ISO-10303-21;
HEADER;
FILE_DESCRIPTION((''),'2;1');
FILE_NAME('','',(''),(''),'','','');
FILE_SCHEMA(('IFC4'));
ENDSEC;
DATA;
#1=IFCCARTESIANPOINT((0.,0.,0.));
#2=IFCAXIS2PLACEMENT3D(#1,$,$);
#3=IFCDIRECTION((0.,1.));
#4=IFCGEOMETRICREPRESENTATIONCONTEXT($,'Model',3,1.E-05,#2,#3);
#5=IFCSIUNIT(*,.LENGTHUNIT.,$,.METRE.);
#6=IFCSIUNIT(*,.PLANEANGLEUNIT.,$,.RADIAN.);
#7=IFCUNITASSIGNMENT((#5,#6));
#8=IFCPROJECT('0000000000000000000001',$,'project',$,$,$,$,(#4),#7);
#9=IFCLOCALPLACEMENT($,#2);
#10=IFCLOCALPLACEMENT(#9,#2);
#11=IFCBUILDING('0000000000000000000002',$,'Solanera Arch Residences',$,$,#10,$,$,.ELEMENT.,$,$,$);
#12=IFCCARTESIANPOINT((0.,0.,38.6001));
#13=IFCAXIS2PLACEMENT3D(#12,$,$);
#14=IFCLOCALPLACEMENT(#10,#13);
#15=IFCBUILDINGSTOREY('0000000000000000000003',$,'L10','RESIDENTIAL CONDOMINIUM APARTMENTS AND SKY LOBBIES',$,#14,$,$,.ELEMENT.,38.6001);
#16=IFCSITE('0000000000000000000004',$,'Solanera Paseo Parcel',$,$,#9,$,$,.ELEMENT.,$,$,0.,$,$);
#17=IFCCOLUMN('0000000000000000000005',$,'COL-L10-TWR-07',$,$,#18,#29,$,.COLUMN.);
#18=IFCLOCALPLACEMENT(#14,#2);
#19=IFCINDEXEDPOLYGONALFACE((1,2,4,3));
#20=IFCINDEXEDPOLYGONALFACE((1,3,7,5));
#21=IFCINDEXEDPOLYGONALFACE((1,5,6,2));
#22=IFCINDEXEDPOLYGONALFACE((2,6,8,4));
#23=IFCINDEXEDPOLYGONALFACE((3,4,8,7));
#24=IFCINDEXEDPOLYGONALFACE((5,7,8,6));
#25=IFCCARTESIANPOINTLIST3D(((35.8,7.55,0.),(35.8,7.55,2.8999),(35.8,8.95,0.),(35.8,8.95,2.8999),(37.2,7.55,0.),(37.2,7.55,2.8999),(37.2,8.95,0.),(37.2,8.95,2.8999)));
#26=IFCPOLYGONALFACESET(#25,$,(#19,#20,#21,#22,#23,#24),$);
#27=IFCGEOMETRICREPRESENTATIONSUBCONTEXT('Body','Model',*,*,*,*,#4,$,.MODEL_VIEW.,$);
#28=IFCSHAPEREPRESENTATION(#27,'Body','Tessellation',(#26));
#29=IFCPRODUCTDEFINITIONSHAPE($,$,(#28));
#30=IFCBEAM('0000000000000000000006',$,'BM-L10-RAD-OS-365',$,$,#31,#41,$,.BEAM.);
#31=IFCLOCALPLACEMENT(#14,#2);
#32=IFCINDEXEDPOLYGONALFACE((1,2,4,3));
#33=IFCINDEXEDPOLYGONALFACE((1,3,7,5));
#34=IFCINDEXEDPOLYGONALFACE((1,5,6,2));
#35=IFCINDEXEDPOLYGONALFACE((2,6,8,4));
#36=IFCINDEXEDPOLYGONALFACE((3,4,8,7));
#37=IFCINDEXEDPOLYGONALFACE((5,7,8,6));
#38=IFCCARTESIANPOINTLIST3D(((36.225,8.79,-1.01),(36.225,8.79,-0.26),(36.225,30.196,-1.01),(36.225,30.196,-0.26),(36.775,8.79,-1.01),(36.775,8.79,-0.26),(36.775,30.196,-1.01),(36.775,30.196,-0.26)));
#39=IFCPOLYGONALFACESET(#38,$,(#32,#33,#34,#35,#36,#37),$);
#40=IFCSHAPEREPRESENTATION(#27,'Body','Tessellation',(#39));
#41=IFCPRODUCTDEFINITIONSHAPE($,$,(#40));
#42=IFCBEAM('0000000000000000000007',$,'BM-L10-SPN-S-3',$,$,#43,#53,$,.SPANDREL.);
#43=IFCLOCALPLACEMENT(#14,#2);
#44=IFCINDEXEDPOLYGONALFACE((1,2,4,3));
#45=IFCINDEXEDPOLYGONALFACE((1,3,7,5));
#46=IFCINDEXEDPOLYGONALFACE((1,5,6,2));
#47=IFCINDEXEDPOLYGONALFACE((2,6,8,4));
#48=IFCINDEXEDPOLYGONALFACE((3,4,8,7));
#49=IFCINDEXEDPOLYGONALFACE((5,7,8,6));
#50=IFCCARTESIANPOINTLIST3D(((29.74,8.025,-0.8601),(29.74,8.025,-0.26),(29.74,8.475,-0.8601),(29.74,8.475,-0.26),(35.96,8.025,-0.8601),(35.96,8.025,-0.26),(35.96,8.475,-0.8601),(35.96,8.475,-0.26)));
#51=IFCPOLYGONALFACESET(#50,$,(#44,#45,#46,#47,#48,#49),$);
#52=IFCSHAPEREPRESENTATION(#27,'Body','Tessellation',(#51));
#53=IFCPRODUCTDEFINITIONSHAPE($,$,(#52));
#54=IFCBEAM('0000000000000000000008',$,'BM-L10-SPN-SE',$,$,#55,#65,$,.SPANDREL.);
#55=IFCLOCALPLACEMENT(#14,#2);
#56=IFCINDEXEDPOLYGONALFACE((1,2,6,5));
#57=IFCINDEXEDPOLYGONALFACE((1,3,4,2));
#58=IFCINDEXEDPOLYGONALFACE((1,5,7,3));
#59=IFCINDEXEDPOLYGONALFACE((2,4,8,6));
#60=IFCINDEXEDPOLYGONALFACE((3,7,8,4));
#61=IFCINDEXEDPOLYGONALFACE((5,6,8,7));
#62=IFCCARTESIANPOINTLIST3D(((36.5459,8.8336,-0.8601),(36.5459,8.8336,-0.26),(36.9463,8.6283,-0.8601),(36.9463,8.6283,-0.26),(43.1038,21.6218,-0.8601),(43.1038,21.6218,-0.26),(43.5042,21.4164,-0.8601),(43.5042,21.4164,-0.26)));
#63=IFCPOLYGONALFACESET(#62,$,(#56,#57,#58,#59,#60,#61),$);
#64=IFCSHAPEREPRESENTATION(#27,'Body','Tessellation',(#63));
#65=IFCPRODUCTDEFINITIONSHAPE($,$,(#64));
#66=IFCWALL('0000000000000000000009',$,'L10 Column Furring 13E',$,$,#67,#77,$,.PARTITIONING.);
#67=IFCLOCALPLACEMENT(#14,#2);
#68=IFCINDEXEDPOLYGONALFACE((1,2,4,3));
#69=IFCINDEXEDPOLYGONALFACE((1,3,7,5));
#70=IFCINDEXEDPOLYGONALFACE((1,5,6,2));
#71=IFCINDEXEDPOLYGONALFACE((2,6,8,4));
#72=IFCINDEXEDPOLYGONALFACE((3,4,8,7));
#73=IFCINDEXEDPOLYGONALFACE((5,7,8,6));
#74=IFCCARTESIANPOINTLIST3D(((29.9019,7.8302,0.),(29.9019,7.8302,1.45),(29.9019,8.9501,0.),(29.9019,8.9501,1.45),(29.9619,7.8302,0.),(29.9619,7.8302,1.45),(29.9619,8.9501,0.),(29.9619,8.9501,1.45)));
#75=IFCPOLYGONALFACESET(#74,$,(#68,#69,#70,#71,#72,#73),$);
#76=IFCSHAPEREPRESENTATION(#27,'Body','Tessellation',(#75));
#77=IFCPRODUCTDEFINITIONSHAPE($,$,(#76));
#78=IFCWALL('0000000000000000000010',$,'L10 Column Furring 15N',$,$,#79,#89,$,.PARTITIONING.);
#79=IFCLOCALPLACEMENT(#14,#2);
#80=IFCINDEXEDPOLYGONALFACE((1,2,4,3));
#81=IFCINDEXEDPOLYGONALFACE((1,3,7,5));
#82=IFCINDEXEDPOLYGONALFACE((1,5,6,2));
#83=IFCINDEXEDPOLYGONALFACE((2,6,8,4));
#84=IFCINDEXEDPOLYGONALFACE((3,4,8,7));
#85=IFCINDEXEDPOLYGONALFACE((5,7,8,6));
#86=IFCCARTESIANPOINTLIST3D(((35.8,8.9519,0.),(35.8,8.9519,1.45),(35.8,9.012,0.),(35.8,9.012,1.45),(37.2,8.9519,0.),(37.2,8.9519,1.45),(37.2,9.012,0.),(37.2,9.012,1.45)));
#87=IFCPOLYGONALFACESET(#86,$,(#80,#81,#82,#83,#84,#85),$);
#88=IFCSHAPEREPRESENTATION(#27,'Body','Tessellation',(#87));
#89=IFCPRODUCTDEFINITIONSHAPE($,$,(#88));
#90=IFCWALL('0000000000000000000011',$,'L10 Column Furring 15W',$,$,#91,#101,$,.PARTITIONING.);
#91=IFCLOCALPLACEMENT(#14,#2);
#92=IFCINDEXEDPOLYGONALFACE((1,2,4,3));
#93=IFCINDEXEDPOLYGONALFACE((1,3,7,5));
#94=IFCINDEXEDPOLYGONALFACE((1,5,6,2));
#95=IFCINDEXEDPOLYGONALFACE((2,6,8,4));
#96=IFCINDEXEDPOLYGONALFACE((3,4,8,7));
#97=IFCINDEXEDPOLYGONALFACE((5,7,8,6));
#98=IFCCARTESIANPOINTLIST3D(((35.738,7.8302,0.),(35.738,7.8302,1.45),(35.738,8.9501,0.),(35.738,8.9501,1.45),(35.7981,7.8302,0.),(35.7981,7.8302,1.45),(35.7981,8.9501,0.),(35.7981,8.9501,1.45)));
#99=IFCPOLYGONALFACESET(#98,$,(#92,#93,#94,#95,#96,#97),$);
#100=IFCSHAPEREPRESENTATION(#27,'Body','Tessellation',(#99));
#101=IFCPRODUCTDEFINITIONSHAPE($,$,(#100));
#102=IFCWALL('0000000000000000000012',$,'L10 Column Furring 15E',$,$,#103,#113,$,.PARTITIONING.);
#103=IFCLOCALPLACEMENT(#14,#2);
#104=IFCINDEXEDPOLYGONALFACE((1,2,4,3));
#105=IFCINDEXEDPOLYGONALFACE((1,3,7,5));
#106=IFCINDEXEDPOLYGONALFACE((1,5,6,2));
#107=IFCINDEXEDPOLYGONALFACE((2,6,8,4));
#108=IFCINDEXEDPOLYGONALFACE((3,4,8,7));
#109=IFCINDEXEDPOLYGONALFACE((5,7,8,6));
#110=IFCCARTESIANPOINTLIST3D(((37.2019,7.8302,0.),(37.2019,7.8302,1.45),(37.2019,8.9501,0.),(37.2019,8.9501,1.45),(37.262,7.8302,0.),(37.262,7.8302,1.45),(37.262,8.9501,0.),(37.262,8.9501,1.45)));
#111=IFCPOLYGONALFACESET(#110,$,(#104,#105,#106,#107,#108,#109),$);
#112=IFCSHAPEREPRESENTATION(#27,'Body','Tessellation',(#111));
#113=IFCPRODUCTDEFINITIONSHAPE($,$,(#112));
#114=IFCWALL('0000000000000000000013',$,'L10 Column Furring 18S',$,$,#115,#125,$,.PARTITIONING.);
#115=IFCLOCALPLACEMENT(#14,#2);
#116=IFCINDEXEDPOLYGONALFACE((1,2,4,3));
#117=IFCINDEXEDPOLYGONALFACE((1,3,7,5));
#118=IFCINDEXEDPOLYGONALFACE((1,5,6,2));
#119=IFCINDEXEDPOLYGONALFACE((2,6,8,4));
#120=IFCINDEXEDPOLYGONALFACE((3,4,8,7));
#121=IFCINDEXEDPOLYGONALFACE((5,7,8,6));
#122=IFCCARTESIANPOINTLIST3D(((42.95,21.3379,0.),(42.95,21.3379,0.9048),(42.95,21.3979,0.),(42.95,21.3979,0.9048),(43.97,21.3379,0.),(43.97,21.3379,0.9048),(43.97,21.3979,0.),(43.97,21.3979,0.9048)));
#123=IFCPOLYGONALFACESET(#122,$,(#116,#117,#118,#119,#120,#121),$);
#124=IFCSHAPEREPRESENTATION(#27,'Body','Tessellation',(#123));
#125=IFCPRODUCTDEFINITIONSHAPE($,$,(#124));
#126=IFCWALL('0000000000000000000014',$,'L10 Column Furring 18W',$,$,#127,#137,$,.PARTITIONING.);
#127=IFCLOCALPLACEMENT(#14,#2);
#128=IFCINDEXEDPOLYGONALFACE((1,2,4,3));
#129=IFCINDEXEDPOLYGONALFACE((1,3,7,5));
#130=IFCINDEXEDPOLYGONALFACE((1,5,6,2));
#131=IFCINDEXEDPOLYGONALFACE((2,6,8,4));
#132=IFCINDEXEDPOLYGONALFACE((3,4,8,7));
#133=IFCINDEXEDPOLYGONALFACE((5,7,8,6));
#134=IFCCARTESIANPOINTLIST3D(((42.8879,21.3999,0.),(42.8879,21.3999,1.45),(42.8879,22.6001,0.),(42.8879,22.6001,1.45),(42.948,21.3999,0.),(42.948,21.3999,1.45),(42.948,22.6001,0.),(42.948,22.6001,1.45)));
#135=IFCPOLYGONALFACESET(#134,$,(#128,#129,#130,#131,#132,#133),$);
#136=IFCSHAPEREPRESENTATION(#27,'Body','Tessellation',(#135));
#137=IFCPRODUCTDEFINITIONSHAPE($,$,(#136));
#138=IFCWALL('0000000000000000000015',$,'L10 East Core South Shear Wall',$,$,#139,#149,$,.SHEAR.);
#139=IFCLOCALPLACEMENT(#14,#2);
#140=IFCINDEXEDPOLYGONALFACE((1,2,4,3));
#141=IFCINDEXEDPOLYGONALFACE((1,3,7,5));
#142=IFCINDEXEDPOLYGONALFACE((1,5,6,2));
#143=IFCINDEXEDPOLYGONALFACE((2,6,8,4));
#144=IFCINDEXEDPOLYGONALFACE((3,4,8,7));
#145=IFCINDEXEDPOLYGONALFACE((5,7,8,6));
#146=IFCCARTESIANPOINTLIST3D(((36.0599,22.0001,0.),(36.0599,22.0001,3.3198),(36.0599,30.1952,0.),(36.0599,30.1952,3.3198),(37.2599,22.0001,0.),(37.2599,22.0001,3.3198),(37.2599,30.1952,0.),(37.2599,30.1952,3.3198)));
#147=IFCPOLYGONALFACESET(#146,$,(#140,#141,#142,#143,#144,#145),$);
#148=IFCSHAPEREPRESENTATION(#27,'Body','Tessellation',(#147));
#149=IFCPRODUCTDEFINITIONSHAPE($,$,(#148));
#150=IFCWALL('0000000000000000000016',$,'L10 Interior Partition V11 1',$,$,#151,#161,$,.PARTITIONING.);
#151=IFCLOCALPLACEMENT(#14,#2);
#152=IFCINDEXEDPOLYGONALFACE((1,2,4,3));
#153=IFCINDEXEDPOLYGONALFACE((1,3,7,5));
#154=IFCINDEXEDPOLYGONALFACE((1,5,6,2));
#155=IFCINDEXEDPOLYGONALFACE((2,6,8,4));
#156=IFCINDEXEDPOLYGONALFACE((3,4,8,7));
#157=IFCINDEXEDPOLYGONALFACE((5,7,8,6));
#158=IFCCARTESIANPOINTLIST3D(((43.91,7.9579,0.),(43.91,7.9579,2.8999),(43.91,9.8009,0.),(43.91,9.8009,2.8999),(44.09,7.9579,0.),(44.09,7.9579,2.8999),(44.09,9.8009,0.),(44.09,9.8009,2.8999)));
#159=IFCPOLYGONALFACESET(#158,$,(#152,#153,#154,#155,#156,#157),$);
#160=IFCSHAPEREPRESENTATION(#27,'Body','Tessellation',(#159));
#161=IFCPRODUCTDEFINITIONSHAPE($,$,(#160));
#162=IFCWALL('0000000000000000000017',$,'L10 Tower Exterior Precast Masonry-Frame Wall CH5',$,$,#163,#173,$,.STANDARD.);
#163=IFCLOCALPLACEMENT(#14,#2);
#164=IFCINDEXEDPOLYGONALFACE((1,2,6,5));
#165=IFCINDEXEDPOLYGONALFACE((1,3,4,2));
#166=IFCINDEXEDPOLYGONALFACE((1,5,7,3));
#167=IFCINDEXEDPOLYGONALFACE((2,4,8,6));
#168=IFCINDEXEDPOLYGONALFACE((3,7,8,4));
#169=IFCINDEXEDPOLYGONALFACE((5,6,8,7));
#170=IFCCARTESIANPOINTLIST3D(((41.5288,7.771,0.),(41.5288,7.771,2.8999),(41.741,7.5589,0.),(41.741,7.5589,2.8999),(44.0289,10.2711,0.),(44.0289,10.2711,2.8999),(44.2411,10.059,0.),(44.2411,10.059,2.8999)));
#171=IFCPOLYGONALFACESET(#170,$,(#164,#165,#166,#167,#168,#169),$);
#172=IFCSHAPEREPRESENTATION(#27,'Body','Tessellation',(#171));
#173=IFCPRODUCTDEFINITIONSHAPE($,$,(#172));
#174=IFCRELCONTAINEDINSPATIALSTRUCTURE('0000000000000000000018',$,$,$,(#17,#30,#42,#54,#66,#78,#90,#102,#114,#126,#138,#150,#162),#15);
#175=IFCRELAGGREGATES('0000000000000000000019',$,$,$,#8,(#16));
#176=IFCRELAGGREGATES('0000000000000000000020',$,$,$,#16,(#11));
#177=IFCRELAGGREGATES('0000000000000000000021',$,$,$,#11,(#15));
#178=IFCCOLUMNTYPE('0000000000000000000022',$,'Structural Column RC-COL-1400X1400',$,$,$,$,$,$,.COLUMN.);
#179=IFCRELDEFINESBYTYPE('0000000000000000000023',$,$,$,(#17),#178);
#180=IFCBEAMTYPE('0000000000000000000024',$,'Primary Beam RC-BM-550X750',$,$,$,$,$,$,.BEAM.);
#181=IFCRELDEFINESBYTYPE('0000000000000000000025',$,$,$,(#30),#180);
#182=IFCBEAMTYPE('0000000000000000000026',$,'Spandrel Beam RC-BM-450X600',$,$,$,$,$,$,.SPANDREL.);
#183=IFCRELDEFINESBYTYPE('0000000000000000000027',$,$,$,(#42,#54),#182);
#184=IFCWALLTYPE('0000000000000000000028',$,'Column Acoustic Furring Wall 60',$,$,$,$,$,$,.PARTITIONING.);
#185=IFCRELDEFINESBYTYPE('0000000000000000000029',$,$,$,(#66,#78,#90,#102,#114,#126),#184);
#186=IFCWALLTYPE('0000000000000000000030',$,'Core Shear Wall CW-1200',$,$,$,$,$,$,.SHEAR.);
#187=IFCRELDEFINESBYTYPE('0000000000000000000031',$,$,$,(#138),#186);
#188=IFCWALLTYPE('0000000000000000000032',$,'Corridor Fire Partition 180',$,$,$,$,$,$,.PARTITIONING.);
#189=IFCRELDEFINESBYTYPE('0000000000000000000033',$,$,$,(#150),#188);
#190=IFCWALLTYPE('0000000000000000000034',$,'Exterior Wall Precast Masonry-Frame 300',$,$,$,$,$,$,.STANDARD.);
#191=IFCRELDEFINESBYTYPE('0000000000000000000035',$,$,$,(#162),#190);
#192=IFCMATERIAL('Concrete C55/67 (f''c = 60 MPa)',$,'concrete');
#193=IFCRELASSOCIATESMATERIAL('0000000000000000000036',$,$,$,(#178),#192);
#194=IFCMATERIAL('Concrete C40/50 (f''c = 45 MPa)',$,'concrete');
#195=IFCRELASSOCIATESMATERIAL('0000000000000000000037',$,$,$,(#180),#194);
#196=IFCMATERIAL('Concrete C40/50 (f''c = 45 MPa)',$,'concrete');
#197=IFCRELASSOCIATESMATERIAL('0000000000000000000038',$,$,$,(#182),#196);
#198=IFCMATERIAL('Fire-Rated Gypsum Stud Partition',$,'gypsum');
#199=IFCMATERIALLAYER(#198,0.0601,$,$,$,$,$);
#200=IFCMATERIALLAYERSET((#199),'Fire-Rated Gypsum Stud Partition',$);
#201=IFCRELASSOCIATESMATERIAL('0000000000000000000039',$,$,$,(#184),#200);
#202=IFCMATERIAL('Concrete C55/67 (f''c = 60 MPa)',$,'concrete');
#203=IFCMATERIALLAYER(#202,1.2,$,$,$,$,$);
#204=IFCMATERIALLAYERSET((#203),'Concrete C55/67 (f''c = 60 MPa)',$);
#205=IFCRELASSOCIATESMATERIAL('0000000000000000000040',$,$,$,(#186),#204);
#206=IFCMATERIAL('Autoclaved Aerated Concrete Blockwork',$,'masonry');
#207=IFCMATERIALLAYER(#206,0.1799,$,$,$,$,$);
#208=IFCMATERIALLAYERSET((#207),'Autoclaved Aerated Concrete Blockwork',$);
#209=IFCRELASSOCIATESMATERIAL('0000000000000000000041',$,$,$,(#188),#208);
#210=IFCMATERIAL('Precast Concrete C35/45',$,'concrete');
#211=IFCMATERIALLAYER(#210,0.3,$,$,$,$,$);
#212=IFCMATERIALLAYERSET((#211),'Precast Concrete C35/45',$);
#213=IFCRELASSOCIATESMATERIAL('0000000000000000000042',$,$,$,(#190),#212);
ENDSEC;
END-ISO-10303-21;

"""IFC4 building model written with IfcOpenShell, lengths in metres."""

from ifc_helpers import new_model, si_unit, direction, frame, frame_2d, origin, origin_2d, place, context, subcontext, project, spatial, rectangle, extrude, material, layer, layer_set, material_profile, profile_set, type_object, element, save


model = new_model("IFC4")

# Units and contexts
model_context = context("Model", 3, precision=1e-05, world=origin(), true_north=direction((0.0, 1.0)))
body_context = subcontext(model_context, "Body", "Model", "MODEL_VIEW")
ifc_project = project(units=[si_unit("LENGTHUNIT", "METRE"), si_unit("PLANEANGLEUNIT", "RADIAN")], contexts=[model_context])

# Site, building, storey
site_placement = place(None, origin())
site = spatial("IfcSite", under=ifc_project, at=site_placement, Name="Solanera Paseo Parcel", CompositionType="ELEMENT", RefElevation=0.0)
building_placement = place(site_placement, origin())
building = spatial("IfcBuilding", under=site, at=building_placement, Name="Solanera Arch Residences", CompositionType="ELEMENT")
storey_placement = place(building_placement, frame((0.0, 0.0, 38.6001)))
storey = spatial("IfcBuildingStorey", under=building, at=storey_placement, Name="L10", Description="RESIDENTIAL CONDOMINIUM APARTMENTS AND SKY LOBBIES", CompositionType="ELEMENT", Elevation=38.6001)

# Column
ifc_material_1 = material(Name="Concrete C55/67 (f'c = 60 MPa)", Category="concrete")
ifc_material_profile_1 = material_profile(ifc_material_1, rectangle(XDim=1.3999, YDim=1.3999, at=origin_2d()))
ifc_profile_set_1 = profile_set([ifc_material_profile_1], Name="Concrete C55/67 (f'c = 60 MPa)")
column_type = type_object("IfcColumnType", Name="Structural Column RC-COL-1400X1400", PredefinedType="COLUMN", material=ifc_profile_set_1)
column_placement = place(storey_placement, frame((36.5, 8.25, 0.0), z_axis=(0.0, 0.0, 1.0), x_axis=(1.0, 0.0, 0.0)))
element("IfcColumn", 1, at=column_placement, inside=storey, type_object=column_type, Name="COL-L10-TWR-07", PredefinedType="COLUMN", context=body_context, shape_type="SweptSolid", body=[
    extrude(rectangle(XDim=1.3999, YDim=1.3999, at=origin_2d()), origin(), (0.0, 0.0, 1.0), 2.8999),
])

# Beams
ifc_material_2 = material(Name="Concrete C40/50 (f'c = 45 MPa)", Category="concrete")
ifc_material_profile_2 = material_profile(ifc_material_2, rectangle(XDim=0.55, YDim=0.75, at=origin_2d()))
ifc_profile_set_2 = profile_set([ifc_material_profile_2], Name="Concrete C40/50 (f'c = 45 MPa)")
beam_type_1 = type_object("IfcBeamType", Name="Primary Beam RC-BM-550X750", PredefinedType="BEAM", material=ifc_profile_set_2)
beam_1_placement = place(storey_placement, frame((36.5, 8.79, -0.635), z_axis=(0.0, 1.0, 0.0), x_axis=(-1.0, 0.0, 0.0)))
element("IfcBeam", 2, at=beam_1_placement, inside=storey, type_object=beam_type_1, Name="BM-L10-RAD-OS-365", PredefinedType="BEAM", context=body_context, shape_type="SweptSolid", body=[
    extrude(rectangle(XDim=0.55, YDim=0.75, at=origin_2d()), origin(), (0.0, 0.0, 1.0), 21.406),
])
ifc_material_3 = material(Name="Concrete C40/50 (f'c = 45 MPa)", Category="concrete")
ifc_material_profile_3 = material_profile(ifc_material_3, rectangle(XDim=0.45, YDim=0.6001, at=origin_2d()))
ifc_profile_set_3 = profile_set([ifc_material_profile_3], Name="Concrete C40/50 (f'c = 45 MPa)")
beam_type_2 = type_object("IfcBeamType", Name="Spandrel Beam RC-BM-450X600", PredefinedType="SPANDREL", material=ifc_profile_set_3)
beam_2_placement = place(storey_placement, frame((29.74, 8.25, -0.5601), z_axis=(1.0, 0.0, 0.0), x_axis=(0.0, 1.0, 0.0)))
element("IfcBeam", 3, at=beam_2_placement, inside=storey, type_object=beam_type_2, Name="BM-L10-SPN-S-3", PredefinedType="SPANDREL", context=body_context, shape_type="SweptSolid", body=[
    extrude(rectangle(XDim=0.45, YDim=0.6001, at=origin_2d()), origin(), (0.0, 0.0, 1.0), 6.22),
])
beam_3_placement = place(storey_placement, frame((36.7461, 8.731, -0.5601), z_axis=(0.456309, 0.889821, 0.0), x_axis=(-0.889821, 0.456309, 0.0)))
element("IfcBeam", 4, at=beam_3_placement, inside=storey, type_object=beam_type_2, Name="BM-L10-SPN-SE", PredefinedType="SPANDREL", context=body_context, shape_type="SweptSolid", body=[
    extrude(rectangle(XDim=0.45, YDim=0.6001, at=origin_2d()), origin(), (0.0, 0.0, 1.0), 14.3716),
])

# Walls
ifc_material_4 = material(Name="Fire-Rated Gypsum Stud Partition", Category="gypsum")
ifc_layer_1 = layer(ifc_material_4, 0.0601)
ifc_layer_set_1 = layer_set([ifc_layer_1], Name="Fire-Rated Gypsum Stud Partition")
wall_type_1 = type_object("IfcWallType", Name="Column Acoustic Furring Wall 60", PredefinedType="PARTITIONING", material=ifc_layer_set_1)
wall_1_placement = place(storey_placement, frame((29.9319, 7.8301, 0.0), z_axis=(0.0, 0.0, 1.0), x_axis=(0.0, 1.0, 0.0)))
element("IfcWall", 5, at=wall_1_placement, inside=storey, type_object=wall_type_1, Name="L10 Column Furring 13E", PredefinedType="PARTITIONING", context=body_context, shape_type="SweptSolid", body=[
    extrude(rectangle(XDim=1.1199, YDim=0.0601, at=frame_2d((0.5601, 0.0))), origin(), (0.0, 0.0, 1.0), 1.45),
])
wall_2_placement = place(storey_placement, frame((35.8, 8.9819, 0.0), z_axis=(0.0, 0.0, 1.0), x_axis=(1.0, 0.0, 0.0)))
element("IfcWall", 6, at=wall_2_placement, inside=storey, type_object=wall_type_1, Name="L10 Column Furring 15N", PredefinedType="PARTITIONING", context=body_context, shape_type="SweptSolid", body=[
    extrude(rectangle(XDim=1.3999, YDim=0.0601, at=frame_2d((0.7, 0.0))), origin(), (0.0, 0.0, 1.0), 1.45),
])
for number, where, z_axis, x_axis, name in (
    (7, (35.7681, 7.8301, 0.0), (0.0, 0.0, 1.0), (0.0, 1.0, 0.0), "L10 Column Furring 15W"),
    (8, (37.2319, 7.8301, 0.0), (0.0, 0.0, 1.0), (0.0, 1.0, 0.0), "L10 Column Furring 15E"),
):
    element("IfcWall", number, at=place(storey_placement, frame(where, z_axis=z_axis, x_axis=x_axis)), inside=storey, type_object=wall_type_1, Name=name, PredefinedType="PARTITIONING", context=body_context, shape_type="SweptSolid", body=[
        extrude(rectangle(XDim=1.1199, YDim=0.0601, at=frame_2d((0.5601, 0.0))), origin(), (0.0, 0.0, 1.0), 1.45),
    ])
wall_3_placement = place(storey_placement, frame((42.95, 21.3679, 0.0), z_axis=(0.0, 0.0, 1.0), x_axis=(1.0, 0.0, 0.0)))
element("IfcWall", 9, at=wall_3_placement, inside=storey, type_object=wall_type_1, Name="L10 Column Furring 18S", PredefinedType="PARTITIONING", context=body_context, shape_type="SweptSolid", body=[
    extrude(rectangle(XDim=1.02, YDim=0.0601, at=frame_2d((0.51, 0.0))), origin(), (0.0, 0.0, 1.0), 0.9048),
])
wall_4_placement = place(storey_placement, frame((42.918, 21.3999, 0.0), z_axis=(0.0, 0.0, 1.0), x_axis=(0.0, 1.0, 0.0)))
element("IfcWall", 10, at=wall_4_placement, inside=storey, type_object=wall_type_1, Name="L10 Column Furring 18W", PredefinedType="PARTITIONING", context=body_context, shape_type="SweptSolid", body=[
    extrude(rectangle(XDim=1.2002, YDim=0.0601, at=frame_2d((0.6001, 0.0))), origin(), (0.0, 0.0, 1.0), 1.45),
])
ifc_material_5 = material(Name="Concrete C55/67 (f'c = 60 MPa)", Category="concrete")
ifc_layer_2 = layer(ifc_material_5, 1.2)
ifc_layer_set_2 = layer_set([ifc_layer_2], Name="Concrete C55/67 (f'c = 60 MPa)")
wall_type_2 = type_object("IfcWallType", Name="Core Shear Wall CW-1200", PredefinedType="SHEAR", material=ifc_layer_set_2)
wall_5_placement = place(storey_placement, frame((36.6599, 22.0, 0.0), z_axis=(0.0, 0.0, 1.0), x_axis=(0.0, 1.0, 0.0)))
element("IfcWall", 11, at=wall_5_placement, inside=storey, type_object=wall_type_2, Name="L10 East Core South Shear Wall", PredefinedType="SHEAR", context=body_context, shape_type="SweptSolid", body=[
    extrude(rectangle(XDim=8.1951, YDim=1.2, at=frame_2d((4.0977, 0.0))), origin(), (0.0, 0.0, 1.0), 3.3198),
])
ifc_material_6 = material(Name="Autoclaved Aerated Concrete Blockwork", Category="masonry")
ifc_layer_3 = layer(ifc_material_6, 0.1799)
ifc_layer_set_3 = layer_set([ifc_layer_3], Name="Autoclaved Aerated Concrete Blockwork")
wall_type_3 = type_object("IfcWallType", Name="Corridor Fire Partition 180", PredefinedType="PARTITIONING", material=ifc_layer_set_3)
wall_6_placement = place(storey_placement, frame((44.0, 7.958, 0.0), z_axis=(0.0, 0.0, 1.0), x_axis=(0.0, 1.0, 0.0)))
element("IfcWall", 12, at=wall_6_placement, inside=storey, type_object=wall_type_3, Name="L10 Interior Partition V11 1", PredefinedType="PARTITIONING", context=body_context, shape_type="SweptSolid", body=[
    extrude(rectangle(XDim=1.843, YDim=0.1799, at=frame_2d((0.9214, 0.0))), origin(), (0.0, 0.0, 1.0), 2.8999),
])
ifc_material_7 = material(Name="Precast Concrete C35/45", Category="concrete")
ifc_layer_4 = layer(ifc_material_7, 0.3)
ifc_layer_set_4 = layer_set([ifc_layer_4], Name="Precast Concrete C35/45")
wall_type_4 = type_object("IfcWallType", Name="Exterior Wall Precast Masonry-Frame 300", PredefinedType="STANDARD", material=ifc_layer_set_4)
wall_7_placement = place(storey_placement, frame((44.135, 10.165, 0.0), z_axis=(0.0, 0.0, 1.0), x_axis=(-0.707107, -0.707107, 0.0)))
element("IfcWall", 13, at=wall_7_placement, inside=storey, type_object=wall_type_4, Name="L10 Tower Exterior Precast Masonry-Frame Wall CH5", PredefinedType="STANDARD", context=body_context, shape_type="SweptSolid", body=[
    extrude(rectangle(XDim=3.5356, YDim=0.3, at=frame_2d((1.7678, 0.0))), origin(), (0.0, 0.0, 1.0), 2.8999),
])

save(model, "model.ifc")
